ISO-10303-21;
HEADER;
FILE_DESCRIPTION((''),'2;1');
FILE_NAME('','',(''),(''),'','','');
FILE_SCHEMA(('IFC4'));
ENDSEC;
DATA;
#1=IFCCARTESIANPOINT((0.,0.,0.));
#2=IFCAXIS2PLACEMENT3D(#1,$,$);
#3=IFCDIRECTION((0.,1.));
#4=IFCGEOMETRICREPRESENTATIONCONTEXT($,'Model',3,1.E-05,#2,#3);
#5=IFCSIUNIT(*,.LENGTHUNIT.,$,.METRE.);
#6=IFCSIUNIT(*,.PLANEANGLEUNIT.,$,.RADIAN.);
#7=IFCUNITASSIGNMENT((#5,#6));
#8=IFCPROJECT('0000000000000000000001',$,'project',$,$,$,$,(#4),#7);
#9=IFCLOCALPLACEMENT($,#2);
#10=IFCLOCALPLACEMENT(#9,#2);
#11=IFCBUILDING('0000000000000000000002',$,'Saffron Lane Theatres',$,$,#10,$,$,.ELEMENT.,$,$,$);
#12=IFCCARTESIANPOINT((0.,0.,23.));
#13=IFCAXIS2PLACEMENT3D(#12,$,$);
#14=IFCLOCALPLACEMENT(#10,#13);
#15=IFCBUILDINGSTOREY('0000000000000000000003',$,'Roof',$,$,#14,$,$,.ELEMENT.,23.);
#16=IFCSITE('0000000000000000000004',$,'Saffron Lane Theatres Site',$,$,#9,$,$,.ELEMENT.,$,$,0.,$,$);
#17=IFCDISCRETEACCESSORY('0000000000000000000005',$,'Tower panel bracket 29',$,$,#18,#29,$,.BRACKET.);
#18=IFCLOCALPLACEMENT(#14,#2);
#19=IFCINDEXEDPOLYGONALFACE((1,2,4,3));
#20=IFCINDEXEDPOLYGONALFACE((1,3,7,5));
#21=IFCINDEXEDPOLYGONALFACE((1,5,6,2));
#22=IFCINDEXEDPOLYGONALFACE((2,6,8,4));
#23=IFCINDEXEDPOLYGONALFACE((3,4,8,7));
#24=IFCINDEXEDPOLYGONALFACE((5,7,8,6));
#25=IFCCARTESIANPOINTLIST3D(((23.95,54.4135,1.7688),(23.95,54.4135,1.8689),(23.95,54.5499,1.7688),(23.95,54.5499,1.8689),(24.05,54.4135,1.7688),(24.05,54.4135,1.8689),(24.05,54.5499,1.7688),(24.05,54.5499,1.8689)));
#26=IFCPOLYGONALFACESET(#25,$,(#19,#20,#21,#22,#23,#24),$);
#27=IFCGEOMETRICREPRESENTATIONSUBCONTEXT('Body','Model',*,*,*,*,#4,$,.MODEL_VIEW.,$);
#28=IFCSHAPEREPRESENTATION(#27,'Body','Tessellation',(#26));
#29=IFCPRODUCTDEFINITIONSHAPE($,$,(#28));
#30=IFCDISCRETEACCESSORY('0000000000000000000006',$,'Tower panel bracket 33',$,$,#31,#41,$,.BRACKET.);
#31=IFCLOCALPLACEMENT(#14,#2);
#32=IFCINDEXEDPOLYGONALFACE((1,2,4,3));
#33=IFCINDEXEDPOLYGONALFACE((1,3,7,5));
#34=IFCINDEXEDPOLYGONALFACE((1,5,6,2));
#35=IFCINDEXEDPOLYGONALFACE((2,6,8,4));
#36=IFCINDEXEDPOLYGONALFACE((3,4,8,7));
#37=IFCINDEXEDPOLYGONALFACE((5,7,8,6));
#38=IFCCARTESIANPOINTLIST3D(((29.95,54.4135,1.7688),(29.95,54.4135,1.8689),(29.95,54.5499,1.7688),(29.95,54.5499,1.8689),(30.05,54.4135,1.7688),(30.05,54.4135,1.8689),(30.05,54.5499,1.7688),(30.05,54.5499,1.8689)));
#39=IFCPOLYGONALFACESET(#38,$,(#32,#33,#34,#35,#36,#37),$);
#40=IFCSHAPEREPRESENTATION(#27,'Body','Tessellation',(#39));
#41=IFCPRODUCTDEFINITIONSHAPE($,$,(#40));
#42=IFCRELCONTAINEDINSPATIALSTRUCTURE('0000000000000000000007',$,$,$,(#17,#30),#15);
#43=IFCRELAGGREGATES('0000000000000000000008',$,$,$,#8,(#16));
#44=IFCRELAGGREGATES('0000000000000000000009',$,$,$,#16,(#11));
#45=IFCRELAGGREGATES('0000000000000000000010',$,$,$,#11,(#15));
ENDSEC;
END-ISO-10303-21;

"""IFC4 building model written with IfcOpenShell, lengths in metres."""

from ifc_helpers import new_model, si_unit, direction, frame, origin, origin_2d, place, context, subcontext, project, spatial, rectangle, extrude, element, save


model = new_model("IFC4")

# Units and contexts
model_context = context("Model", 3, precision=1e-05, world=origin(), true_north=direction((0.0, 1.0)))
body_context = subcontext(model_context, "Body", "Model", "MODEL_VIEW")
ifc_project = project(units=[si_unit("LENGTHUNIT", "METRE"), si_unit("PLANEANGLEUNIT", "RADIAN")], contexts=[model_context])

# Site, building, storey
site_placement = place(None, origin())
site = spatial("IfcSite", under=ifc_project, at=site_placement, Name="Saffron Lane Theatres Site", CompositionType="ELEMENT", RefElevation=0.0)
building_placement = place(site_placement, origin())
building = spatial("IfcBuilding", under=site, at=building_placement, Name="Saffron Lane Theatres", CompositionType="ELEMENT")
storey_placement = place(building_placement, frame((0.0, 0.0, 23.0)))
storey = spatial("IfcBuildingStorey", under=building, at=storey_placement, Name="Roof", CompositionType="ELEMENT", Elevation=23.0)

# Discrete accessories
for number, where, z_axis, x_axis, name in (
    (1, (24.0, 54.4817, 1.7688), (0.0, 0.0, 1.0), (1.0, 0.0, 0.0), "Tower panel bracket 29"),
    (2, (30.0, 54.4817, 1.7688), (0.0, 0.0, 1.0), (1.0, 0.0, 0.0), "Tower panel bracket 33"),
):
    element("IfcDiscreteAccessory", number, at=place(storey_placement, frame(where, z_axis=z_axis, x_axis=x_axis)), inside=storey, Name=name, PredefinedType="BRACKET", context=body_context, shape_type="SweptSolid", body=[
        extrude(rectangle(XDim=0.1001, YDim=0.1365, at=origin_2d()), origin(), (0.0, 0.0, 1.0), 0.1001),
    ])

save(model, "model.ifc")
